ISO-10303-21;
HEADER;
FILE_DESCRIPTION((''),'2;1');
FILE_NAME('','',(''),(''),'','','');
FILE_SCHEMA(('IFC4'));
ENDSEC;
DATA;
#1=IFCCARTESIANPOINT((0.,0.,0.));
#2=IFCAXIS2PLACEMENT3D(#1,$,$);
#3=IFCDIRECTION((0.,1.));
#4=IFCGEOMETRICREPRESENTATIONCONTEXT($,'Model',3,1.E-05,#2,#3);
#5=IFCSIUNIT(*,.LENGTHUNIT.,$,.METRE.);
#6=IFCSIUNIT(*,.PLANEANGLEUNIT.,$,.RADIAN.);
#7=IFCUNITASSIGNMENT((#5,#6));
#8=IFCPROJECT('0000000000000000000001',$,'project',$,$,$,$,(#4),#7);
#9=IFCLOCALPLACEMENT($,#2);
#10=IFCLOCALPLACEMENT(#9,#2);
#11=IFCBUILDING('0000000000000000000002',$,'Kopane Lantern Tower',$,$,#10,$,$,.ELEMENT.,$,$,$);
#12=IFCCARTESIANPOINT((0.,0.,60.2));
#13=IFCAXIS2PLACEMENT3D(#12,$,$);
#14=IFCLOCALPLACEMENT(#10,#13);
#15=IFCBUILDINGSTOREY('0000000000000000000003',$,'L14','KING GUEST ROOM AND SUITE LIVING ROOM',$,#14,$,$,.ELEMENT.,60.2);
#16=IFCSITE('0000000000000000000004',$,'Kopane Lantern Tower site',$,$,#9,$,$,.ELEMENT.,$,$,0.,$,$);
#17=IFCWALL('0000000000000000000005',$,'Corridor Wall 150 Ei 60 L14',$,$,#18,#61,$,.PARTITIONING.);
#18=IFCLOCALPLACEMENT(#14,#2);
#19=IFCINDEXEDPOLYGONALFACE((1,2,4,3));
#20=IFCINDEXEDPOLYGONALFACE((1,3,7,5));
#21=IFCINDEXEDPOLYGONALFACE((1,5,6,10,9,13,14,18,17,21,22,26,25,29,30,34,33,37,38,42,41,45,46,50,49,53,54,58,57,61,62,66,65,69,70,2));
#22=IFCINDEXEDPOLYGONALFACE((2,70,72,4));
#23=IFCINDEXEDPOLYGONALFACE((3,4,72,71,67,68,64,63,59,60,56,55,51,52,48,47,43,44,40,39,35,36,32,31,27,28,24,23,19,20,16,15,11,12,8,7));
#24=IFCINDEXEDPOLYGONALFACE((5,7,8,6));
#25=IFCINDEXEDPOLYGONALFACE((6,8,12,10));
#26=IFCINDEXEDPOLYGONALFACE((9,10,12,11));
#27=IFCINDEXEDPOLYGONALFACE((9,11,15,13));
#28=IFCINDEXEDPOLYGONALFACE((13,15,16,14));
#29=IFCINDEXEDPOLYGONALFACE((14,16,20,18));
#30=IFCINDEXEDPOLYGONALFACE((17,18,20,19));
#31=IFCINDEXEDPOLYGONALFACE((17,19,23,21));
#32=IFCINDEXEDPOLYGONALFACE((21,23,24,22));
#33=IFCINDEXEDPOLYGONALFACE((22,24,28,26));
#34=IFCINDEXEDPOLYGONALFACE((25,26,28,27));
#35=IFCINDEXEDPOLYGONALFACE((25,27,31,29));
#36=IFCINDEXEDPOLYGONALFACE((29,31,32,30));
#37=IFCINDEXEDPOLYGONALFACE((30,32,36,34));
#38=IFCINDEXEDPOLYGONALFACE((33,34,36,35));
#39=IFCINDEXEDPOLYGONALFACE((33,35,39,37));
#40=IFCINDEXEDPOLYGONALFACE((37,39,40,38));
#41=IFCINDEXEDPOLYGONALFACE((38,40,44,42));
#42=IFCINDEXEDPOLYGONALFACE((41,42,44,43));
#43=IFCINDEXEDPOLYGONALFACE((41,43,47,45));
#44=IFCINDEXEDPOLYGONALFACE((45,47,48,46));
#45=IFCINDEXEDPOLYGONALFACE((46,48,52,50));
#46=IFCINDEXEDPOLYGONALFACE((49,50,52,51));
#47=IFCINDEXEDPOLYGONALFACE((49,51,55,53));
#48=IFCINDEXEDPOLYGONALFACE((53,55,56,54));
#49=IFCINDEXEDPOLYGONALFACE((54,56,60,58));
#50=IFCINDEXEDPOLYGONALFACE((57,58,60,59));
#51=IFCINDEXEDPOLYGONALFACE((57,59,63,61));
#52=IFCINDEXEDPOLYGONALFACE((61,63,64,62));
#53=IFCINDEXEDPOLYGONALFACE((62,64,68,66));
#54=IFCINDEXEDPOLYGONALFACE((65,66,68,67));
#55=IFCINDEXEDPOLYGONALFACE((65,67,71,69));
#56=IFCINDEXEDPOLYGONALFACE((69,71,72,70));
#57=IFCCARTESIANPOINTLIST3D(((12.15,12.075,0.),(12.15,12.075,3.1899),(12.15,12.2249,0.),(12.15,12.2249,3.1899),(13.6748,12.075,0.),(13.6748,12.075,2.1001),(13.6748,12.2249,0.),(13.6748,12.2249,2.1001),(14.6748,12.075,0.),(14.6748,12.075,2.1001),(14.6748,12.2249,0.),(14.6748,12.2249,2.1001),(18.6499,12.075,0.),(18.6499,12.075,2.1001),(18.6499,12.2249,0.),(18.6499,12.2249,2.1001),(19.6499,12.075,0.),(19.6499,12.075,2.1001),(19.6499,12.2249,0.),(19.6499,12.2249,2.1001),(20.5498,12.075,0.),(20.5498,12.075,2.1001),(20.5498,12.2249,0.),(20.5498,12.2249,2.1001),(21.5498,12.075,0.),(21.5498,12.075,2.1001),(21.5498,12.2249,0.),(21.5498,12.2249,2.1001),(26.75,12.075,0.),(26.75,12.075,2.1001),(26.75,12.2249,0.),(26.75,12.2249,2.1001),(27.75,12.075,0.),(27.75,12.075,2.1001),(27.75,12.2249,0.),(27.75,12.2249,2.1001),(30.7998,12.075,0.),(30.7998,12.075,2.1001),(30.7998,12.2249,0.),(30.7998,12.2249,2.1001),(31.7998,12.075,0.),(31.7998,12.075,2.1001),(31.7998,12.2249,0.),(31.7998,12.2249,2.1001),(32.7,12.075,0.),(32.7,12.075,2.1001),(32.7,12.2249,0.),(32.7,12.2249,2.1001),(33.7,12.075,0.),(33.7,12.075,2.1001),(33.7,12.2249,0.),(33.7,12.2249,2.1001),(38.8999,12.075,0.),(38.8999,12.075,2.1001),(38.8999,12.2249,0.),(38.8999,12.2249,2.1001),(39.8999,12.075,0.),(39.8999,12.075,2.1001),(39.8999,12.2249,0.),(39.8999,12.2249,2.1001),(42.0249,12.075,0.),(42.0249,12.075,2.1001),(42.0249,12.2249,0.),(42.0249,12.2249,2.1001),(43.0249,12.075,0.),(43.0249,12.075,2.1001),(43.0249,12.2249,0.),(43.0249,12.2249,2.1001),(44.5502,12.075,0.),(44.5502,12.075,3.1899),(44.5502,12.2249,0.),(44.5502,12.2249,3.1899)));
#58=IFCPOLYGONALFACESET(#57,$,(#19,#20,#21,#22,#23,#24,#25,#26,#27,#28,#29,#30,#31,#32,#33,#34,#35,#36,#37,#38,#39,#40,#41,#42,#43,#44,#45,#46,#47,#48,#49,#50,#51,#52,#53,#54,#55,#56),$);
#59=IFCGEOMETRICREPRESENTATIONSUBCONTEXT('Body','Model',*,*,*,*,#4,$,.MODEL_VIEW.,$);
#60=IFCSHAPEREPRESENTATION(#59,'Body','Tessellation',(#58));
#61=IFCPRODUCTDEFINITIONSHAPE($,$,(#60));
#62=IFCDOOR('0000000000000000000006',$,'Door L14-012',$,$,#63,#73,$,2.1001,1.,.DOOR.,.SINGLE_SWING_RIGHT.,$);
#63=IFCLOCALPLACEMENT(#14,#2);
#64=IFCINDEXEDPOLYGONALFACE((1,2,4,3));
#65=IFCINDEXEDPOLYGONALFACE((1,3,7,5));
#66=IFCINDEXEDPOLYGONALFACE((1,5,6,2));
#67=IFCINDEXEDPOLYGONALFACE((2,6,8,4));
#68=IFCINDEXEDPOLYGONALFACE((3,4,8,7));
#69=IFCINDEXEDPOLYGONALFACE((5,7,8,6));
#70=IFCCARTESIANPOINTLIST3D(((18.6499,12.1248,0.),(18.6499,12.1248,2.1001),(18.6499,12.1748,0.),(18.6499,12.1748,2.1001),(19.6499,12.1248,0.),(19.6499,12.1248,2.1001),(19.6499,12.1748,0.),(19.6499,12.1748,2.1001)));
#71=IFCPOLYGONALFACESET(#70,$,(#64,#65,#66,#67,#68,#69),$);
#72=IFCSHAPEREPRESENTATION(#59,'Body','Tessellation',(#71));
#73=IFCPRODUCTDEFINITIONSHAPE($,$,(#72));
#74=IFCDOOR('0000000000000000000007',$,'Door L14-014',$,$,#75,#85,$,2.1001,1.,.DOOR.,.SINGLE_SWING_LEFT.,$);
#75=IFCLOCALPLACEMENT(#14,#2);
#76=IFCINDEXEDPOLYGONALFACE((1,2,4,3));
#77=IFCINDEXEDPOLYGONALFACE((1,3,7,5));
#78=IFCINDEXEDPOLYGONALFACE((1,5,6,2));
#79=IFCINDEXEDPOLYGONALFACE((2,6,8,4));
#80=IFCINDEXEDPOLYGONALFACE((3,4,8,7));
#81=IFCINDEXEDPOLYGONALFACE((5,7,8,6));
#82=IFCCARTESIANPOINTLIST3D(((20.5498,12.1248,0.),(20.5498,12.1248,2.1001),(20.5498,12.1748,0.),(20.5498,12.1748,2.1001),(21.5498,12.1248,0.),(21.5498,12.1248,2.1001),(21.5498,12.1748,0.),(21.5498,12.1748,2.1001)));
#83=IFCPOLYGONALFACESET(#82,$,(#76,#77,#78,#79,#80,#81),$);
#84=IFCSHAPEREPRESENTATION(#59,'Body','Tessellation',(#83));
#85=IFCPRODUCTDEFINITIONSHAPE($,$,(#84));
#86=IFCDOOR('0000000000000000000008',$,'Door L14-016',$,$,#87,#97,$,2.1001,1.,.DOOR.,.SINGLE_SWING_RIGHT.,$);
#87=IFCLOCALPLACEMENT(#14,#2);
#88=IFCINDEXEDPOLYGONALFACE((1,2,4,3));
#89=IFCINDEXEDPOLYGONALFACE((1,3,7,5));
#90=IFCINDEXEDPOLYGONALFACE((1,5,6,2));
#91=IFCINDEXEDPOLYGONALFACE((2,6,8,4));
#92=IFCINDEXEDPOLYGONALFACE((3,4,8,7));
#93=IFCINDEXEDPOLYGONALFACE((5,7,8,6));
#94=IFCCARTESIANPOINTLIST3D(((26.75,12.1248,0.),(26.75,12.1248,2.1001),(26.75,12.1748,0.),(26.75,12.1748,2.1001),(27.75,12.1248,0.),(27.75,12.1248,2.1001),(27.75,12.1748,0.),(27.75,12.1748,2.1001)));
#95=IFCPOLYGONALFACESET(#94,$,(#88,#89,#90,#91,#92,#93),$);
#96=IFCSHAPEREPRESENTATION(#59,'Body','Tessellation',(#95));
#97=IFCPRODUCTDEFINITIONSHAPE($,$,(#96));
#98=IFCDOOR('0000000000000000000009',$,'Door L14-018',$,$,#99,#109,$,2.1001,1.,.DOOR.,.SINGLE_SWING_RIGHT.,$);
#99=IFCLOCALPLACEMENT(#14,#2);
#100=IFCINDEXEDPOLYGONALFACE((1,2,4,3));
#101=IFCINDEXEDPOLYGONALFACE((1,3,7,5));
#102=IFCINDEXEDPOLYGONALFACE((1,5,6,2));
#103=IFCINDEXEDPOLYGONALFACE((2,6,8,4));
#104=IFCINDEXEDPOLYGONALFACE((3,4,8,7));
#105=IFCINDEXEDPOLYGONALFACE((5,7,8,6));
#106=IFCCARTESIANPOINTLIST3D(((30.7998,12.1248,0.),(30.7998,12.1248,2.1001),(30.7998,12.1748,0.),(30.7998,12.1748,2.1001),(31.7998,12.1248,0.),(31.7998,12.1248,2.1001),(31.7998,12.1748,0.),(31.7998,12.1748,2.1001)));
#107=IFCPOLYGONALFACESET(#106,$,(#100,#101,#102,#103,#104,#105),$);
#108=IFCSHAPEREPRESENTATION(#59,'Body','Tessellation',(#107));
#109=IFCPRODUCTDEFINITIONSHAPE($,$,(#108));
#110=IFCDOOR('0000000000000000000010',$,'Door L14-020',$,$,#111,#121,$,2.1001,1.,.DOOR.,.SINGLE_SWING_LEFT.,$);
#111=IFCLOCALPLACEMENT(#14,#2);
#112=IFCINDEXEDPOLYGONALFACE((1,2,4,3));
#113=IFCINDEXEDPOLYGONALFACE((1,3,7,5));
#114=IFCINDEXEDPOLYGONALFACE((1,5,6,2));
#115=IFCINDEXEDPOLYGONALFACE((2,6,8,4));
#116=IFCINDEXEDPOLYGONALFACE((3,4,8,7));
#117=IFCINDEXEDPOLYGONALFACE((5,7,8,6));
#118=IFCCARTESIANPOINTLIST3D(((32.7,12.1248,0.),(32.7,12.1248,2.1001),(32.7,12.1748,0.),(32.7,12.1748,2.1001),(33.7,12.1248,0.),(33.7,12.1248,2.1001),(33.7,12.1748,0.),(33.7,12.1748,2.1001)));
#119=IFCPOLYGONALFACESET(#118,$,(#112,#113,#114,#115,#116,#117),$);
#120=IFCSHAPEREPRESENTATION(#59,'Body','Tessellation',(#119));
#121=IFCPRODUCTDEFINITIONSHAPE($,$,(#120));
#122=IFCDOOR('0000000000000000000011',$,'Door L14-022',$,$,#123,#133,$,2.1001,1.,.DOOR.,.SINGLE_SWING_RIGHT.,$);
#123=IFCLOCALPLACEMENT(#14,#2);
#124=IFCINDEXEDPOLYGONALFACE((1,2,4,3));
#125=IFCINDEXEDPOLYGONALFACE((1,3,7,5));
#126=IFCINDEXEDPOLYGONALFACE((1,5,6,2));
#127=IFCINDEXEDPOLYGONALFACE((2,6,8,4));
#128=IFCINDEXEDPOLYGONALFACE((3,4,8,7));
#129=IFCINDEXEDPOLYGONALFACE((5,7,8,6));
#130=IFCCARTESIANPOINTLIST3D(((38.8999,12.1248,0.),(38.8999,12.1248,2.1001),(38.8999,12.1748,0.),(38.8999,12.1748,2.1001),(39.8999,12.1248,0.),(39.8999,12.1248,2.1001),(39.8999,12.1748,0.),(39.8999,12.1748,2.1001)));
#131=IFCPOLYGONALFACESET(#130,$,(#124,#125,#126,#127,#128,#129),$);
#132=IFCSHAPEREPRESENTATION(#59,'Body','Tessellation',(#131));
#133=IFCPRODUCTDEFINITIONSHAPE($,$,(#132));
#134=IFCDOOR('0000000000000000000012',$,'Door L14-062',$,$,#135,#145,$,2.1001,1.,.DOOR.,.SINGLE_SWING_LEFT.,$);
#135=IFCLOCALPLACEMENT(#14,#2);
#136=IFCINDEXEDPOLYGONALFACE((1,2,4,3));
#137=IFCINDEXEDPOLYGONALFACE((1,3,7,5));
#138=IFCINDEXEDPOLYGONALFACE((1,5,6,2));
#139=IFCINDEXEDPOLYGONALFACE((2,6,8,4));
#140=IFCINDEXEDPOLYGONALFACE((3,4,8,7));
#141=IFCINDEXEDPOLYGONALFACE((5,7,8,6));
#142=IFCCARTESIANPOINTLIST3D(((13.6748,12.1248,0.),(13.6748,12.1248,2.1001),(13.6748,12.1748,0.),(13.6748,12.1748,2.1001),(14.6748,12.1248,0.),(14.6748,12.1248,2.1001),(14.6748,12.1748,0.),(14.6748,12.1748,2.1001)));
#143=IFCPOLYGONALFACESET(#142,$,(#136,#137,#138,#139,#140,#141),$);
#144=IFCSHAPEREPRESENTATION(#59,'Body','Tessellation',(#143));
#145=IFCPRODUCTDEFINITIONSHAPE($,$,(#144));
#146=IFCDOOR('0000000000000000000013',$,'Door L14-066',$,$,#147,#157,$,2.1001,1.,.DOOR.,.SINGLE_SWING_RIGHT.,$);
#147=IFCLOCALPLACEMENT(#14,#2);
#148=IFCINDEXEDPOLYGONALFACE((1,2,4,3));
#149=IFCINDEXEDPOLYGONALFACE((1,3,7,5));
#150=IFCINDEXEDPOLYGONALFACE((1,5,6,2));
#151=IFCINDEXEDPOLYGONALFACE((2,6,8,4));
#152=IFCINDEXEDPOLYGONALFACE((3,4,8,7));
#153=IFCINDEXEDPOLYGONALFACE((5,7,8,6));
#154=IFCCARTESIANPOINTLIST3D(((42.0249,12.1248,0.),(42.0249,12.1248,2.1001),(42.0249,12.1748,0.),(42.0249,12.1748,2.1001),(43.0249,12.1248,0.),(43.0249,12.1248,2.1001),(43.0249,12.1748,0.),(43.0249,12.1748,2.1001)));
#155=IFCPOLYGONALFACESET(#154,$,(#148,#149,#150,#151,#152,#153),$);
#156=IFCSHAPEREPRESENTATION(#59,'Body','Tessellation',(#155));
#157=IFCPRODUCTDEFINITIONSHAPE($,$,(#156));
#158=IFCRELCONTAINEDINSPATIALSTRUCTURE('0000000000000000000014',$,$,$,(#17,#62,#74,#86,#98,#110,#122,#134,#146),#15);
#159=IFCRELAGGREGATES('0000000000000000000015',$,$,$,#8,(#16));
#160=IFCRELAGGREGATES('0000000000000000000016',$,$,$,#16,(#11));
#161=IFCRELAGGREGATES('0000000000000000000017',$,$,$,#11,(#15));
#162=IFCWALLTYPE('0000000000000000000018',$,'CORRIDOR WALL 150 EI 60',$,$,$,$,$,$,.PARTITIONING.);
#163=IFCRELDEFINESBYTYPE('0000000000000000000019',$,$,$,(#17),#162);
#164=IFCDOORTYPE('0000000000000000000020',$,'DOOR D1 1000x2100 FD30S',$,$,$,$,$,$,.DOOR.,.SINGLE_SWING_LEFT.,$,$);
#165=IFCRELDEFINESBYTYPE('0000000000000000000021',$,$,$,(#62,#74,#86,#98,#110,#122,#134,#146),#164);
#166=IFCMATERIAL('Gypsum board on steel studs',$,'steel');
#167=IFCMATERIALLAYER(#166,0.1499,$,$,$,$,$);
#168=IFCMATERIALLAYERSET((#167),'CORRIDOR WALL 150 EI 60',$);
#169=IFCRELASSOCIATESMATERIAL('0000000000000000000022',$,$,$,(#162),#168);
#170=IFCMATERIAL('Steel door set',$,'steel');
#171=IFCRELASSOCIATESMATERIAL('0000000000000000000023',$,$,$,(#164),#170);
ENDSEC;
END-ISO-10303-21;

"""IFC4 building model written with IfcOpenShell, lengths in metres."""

from ifc_helpers import new_model, si_unit, direction, frame, frame_2d, origin, place, context, subcontext, project, spatial, rectangle, extrude, material, layer, layer_set, type_object, element, fill, save


model = new_model("IFC4")

# Units and contexts
model_context = context("Model", 3, precision=1e-05, world=origin(), true_north=direction((0.0, 1.0)))
body_context = subcontext(model_context, "Body", "Model", "MODEL_VIEW")
ifc_project = project(units=[si_unit("LENGTHUNIT", "METRE"), si_unit("PLANEANGLEUNIT", "RADIAN")], contexts=[model_context])

# Site, building, storey
site_placement = place(None, origin())
site = spatial("IfcSite", under=ifc_project, at=site_placement, Name="Kopane Lantern Tower site", CompositionType="ELEMENT", RefElevation=0.0)
building_placement = place(site_placement, origin())
building = spatial("IfcBuilding", under=site, at=building_placement, Name="Kopane Lantern Tower", CompositionType="ELEMENT")
storey_placement = place(building_placement, frame((0.0, 0.0, 60.2)))
storey = spatial("IfcBuildingStorey", under=building, at=storey_placement, Name="L14", Description="KING GUEST ROOM AND SUITE LIVING ROOM", CompositionType="ELEMENT", Elevation=60.2)

# Wall, openings, doors
ifc_material_1 = material(Name="Gypsum board on steel studs", Category="steel")
ifc_layer_1 = layer(ifc_material_1, 0.1499)
ifc_layer_set_1 = layer_set([ifc_layer_1], Name="CORRIDOR WALL 150 EI 60")
wall_type_1 = type_object("IfcWallType", Name="CORRIDOR WALL 150 EI 60", PredefinedType="PARTITIONING", material=ifc_layer_set_1)
wall_1_placement = place(storey_placement, frame((12.1499, 12.1499, 0.0), z_axis=(0.0, 0.0, 1.0), x_axis=(1.0, 0.0, 0.0)))
wall_1 = element("IfcWall", 1, at=wall_1_placement, inside=storey, type_object=wall_type_1, Name="Corridor Wall 150 Ei 60 L14", PredefinedType="PARTITIONING", context=body_context, shape_type="SweptSolid", body=[
    extrude(rectangle(XDim=32.4001, YDim=0.1499, at=frame_2d((16.2002, 0.0))), origin(), (0.0, 0.0, 1.0), 3.1899),
])
opening_1_placement = place(wall_1_placement, frame((6.5, 0.0, 0.0)))
opening_1 = element("IfcOpeningElement", 2, at=opening_1_placement, cuts=wall_1, PredefinedType="OPENING", context=body_context, shape_type="SweptSolid", body=[
    extrude(rectangle(XDim=1.0, YDim=2.1001, at=frame_2d((0.5, 1.05))), frame((0.0, 0.085, 0.0), z_axis=(0.0, -1.0, 0.0), x_axis=(1.0, 0.0, 0.0)), (0.0, 0.0, 1.0), 0.1699),
])
opening_2_placement = place(wall_1_placement, frame((8.3999, 0.0, 0.0)))
opening_2 = element("IfcOpeningElement", 3, at=opening_2_placement, cuts=wall_1, PredefinedType="OPENING", context=body_context, shape_type="SweptSolid", body=[
    extrude(rectangle(XDim=1.0, YDim=2.1001, at=frame_2d((0.5, 1.05))), frame((0.0, 0.085, 0.0), z_axis=(0.0, -1.0, 0.0), x_axis=(1.0, 0.0, 0.0)), (0.0, 0.0, 1.0), 0.1699),
])
opening_3_placement = place(wall_1_placement, frame((14.6001, 0.0, 0.0)))
opening_3 = element("IfcOpeningElement", 4, at=opening_3_placement, cuts=wall_1, PredefinedType="OPENING", context=body_context, shape_type="SweptSolid", body=[
    extrude(rectangle(XDim=1.0, YDim=2.1001, at=frame_2d((0.5, 1.05))), frame((0.0, 0.085, 0.0), z_axis=(0.0, -1.0, 0.0), x_axis=(1.0, 0.0, 0.0)), (0.0, 0.0, 1.0), 0.1699),
])
opening_4_placement = place(wall_1_placement, frame((18.6499, 0.0, 0.0)))
opening_4 = element("IfcOpeningElement", 5, at=opening_4_placement, cuts=wall_1, PredefinedType="OPENING", context=body_context, shape_type="SweptSolid", body=[
    extrude(rectangle(XDim=1.0, YDim=2.1001, at=frame_2d((0.5, 1.05))), frame((0.0, 0.085, 0.0), z_axis=(0.0, -1.0, 0.0), x_axis=(1.0, 0.0, 0.0)), (0.0, 0.0, 1.0), 0.1699),
])
opening_5_placement = place(wall_1_placement, frame((20.55, 0.0, 0.0)))
opening_5 = element("IfcOpeningElement", 6, at=opening_5_placement, cuts=wall_1, PredefinedType="OPENING", context=body_context, shape_type="SweptSolid", body=[
    extrude(rectangle(XDim=1.0, YDim=2.1001, at=frame_2d((0.5, 1.05))), frame((0.0, 0.085, 0.0), z_axis=(0.0, -1.0, 0.0), x_axis=(1.0, 0.0, 0.0)), (0.0, 0.0, 1.0), 0.1699),
])
opening_6_placement = place(wall_1_placement, frame((26.75, 0.0, 0.0)))
opening_6 = element("IfcOpeningElement", 7, at=opening_6_placement, cuts=wall_1, PredefinedType="OPENING", context=body_context, shape_type="SweptSolid", body=[
    extrude(rectangle(XDim=1.0, YDim=2.1001, at=frame_2d((0.5, 1.05))), frame((0.0, 0.085, 0.0), z_axis=(0.0, -1.0, 0.0), x_axis=(1.0, 0.0, 0.0)), (0.0, 0.0, 1.0), 0.1699),
])
opening_7_placement = place(wall_1_placement, frame((1.5249, 0.0, 0.0)))
opening_7 = element("IfcOpeningElement", 8, at=opening_7_placement, cuts=wall_1, PredefinedType="OPENING", context=body_context, shape_type="SweptSolid", body=[
    extrude(rectangle(XDim=1.0, YDim=2.1001, at=frame_2d((0.5, 1.05))), frame((0.0, 0.085, 0.0), z_axis=(0.0, -1.0, 0.0), x_axis=(1.0, 0.0, 0.0)), (0.0, 0.0, 1.0), 0.1699),
])
opening_8_placement = place(wall_1_placement, frame((29.875, 0.0, 0.0)))
opening_8 = element("IfcOpeningElement", 9, at=opening_8_placement, cuts=wall_1, PredefinedType="OPENING", context=body_context, shape_type="SweptSolid", body=[
    extrude(rectangle(XDim=1.0, YDim=2.1001, at=frame_2d((0.5, 1.05))), frame((0.0, 0.085, 0.0), z_axis=(0.0, -1.0, 0.0), x_axis=(1.0, 0.0, 0.0)), (0.0, 0.0, 1.0), 0.1699),
])
ifc_material_2 = material(Name="Steel door set", Category="steel")
door_type_1 = type_object("IfcDoorType", Name="DOOR D1 1000x2100 FD30S", OperationType="SINGLE_SWING_LEFT", PredefinedType="DOOR", material=ifc_material_2)
door_1_placement = place(opening_1_placement, origin())
door_1 = element("IfcDoor", 10, at=door_1_placement, inside=storey, type_object=door_type_1, Name="Door L14-012", OperationType="SINGLE_SWING_RIGHT", OverallHeight=2.1001, OverallWidth=1.0, PredefinedType="DOOR", context=body_context, shape_type="SweptSolid", body=[
    extrude(rectangle(XDim=1.0, YDim=2.1001, at=frame_2d((0.5, 1.05))), frame((0.0, 0.0249, 0.0), z_axis=(0.0, -1.0, 0.0), x_axis=(1.0, 0.0, 0.0)), (0.0, 0.0, 1.0), 0.05),
])
fill(opening_1, door_1)
door_2_placement = place(opening_2_placement, origin())
door_2 = element("IfcDoor", 11, at=door_2_placement, inside=storey, type_object=door_type_1, Name="Door L14-014", OperationType="SINGLE_SWING_LEFT", OverallHeight=2.1001, OverallWidth=1.0, PredefinedType="DOOR", context=body_context, shape_type="SweptSolid", body=[
    extrude(rectangle(XDim=1.0, YDim=2.1001, at=frame_2d((0.5, 1.05))), frame((0.0, 0.0249, 0.0), z_axis=(0.0, -1.0, 0.0), x_axis=(1.0, 0.0, 0.0)), (0.0, 0.0, 1.0), 0.05),
])
fill(opening_2, door_2)
door_3_placement = place(opening_3_placement, origin())
door_3 = element("IfcDoor", 12, at=door_3_placement, inside=storey, type_object=door_type_1, Name="Door L14-016", OperationType="SINGLE_SWING_RIGHT", OverallHeight=2.1001, OverallWidth=1.0, PredefinedType="DOOR", context=body_context, shape_type="SweptSolid", body=[
    extrude(rectangle(XDim=1.0, YDim=2.1001, at=frame_2d((0.5, 1.05))), frame((0.0, 0.0249, 0.0), z_axis=(0.0, -1.0, 0.0), x_axis=(1.0, 0.0, 0.0)), (0.0, 0.0, 1.0), 0.05),
])
fill(opening_3, door_3)
door_4_placement = place(opening_4_placement, origin())
door_4 = element("IfcDoor", 13, at=door_4_placement, inside=storey, type_object=door_type_1, Name="Door L14-018", OperationType="SINGLE_SWING_RIGHT", OverallHeight=2.1001, OverallWidth=1.0, PredefinedType="DOOR", context=body_context, shape_type="SweptSolid", body=[
    extrude(rectangle(XDim=1.0, YDim=2.1001, at=frame_2d((0.5, 1.05))), frame((0.0, 0.0249, 0.0), z_axis=(0.0, -1.0, 0.0), x_axis=(1.0, 0.0, 0.0)), (0.0, 0.0, 1.0), 0.05),
])
fill(opening_4, door_4)
door_5_placement = place(opening_5_placement, origin())
door_5 = element("IfcDoor", 14, at=door_5_placement, inside=storey, type_object=door_type_1, Name="Door L14-020", OperationType="SINGLE_SWING_LEFT", OverallHeight=2.1001, OverallWidth=1.0, PredefinedType="DOOR", context=body_context, shape_type="SweptSolid", body=[
    extrude(rectangle(XDim=1.0, YDim=2.1001, at=frame_2d((0.5, 1.05))), frame((0.0, 0.0249, 0.0), z_axis=(0.0, -1.0, 0.0), x_axis=(1.0, 0.0, 0.0)), (0.0, 0.0, 1.0), 0.05),
])
fill(opening_5, door_5)
door_6_placement = place(opening_6_placement, origin())
door_6 = element("IfcDoor", 15, at=door_6_placement, inside=storey, type_object=door_type_1, Name="Door L14-022", OperationType="SINGLE_SWING_RIGHT", OverallHeight=2.1001, OverallWidth=1.0, PredefinedType="DOOR", context=body_context, shape_type="SweptSolid", body=[
    extrude(rectangle(XDim=1.0, YDim=2.1001, at=frame_2d((0.5, 1.05))), frame((0.0, 0.0249, 0.0), z_axis=(0.0, -1.0, 0.0), x_axis=(1.0, 0.0, 0.0)), (0.0, 0.0, 1.0), 0.05),
])
fill(opening_6, door_6)
door_7_placement = place(opening_7_placement, origin())
door_7 = element("IfcDoor", 16, at=door_7_placement, inside=storey, type_object=door_type_1, Name="Door L14-062", OperationType="SINGLE_SWING_LEFT", OverallHeight=2.1001, OverallWidth=1.0, PredefinedType="DOOR", context=body_context, shape_type="SweptSolid", body=[
    extrude(rectangle(XDim=1.0, YDim=2.1001, at=frame_2d((0.5, 1.05))), frame((0.0, 0.0249, 0.0), z_axis=(0.0, -1.0, 0.0), x_axis=(1.0, 0.0, 0.0)), (0.0, 0.0, 1.0), 0.05),
])
fill(opening_7, door_7)
door_8_placement = place(opening_8_placement, origin())
door_8 = element("IfcDoor", 17, at=door_8_placement, inside=storey, type_object=door_type_1, Name="Door L14-066", OperationType="SINGLE_SWING_RIGHT", OverallHeight=2.1001, OverallWidth=1.0, PredefinedType="DOOR", context=body_context, shape_type="SweptSolid", body=[
    extrude(rectangle(XDim=1.0, YDim=2.1001, at=frame_2d((0.5, 1.05))), frame((0.0, 0.0249, 0.0), z_axis=(0.0, -1.0, 0.0), x_axis=(1.0, 0.0, 0.0)), (0.0, 0.0, 1.0), 0.05),
])
fill(opening_8, door_8)

save(model, "model.ifc")
